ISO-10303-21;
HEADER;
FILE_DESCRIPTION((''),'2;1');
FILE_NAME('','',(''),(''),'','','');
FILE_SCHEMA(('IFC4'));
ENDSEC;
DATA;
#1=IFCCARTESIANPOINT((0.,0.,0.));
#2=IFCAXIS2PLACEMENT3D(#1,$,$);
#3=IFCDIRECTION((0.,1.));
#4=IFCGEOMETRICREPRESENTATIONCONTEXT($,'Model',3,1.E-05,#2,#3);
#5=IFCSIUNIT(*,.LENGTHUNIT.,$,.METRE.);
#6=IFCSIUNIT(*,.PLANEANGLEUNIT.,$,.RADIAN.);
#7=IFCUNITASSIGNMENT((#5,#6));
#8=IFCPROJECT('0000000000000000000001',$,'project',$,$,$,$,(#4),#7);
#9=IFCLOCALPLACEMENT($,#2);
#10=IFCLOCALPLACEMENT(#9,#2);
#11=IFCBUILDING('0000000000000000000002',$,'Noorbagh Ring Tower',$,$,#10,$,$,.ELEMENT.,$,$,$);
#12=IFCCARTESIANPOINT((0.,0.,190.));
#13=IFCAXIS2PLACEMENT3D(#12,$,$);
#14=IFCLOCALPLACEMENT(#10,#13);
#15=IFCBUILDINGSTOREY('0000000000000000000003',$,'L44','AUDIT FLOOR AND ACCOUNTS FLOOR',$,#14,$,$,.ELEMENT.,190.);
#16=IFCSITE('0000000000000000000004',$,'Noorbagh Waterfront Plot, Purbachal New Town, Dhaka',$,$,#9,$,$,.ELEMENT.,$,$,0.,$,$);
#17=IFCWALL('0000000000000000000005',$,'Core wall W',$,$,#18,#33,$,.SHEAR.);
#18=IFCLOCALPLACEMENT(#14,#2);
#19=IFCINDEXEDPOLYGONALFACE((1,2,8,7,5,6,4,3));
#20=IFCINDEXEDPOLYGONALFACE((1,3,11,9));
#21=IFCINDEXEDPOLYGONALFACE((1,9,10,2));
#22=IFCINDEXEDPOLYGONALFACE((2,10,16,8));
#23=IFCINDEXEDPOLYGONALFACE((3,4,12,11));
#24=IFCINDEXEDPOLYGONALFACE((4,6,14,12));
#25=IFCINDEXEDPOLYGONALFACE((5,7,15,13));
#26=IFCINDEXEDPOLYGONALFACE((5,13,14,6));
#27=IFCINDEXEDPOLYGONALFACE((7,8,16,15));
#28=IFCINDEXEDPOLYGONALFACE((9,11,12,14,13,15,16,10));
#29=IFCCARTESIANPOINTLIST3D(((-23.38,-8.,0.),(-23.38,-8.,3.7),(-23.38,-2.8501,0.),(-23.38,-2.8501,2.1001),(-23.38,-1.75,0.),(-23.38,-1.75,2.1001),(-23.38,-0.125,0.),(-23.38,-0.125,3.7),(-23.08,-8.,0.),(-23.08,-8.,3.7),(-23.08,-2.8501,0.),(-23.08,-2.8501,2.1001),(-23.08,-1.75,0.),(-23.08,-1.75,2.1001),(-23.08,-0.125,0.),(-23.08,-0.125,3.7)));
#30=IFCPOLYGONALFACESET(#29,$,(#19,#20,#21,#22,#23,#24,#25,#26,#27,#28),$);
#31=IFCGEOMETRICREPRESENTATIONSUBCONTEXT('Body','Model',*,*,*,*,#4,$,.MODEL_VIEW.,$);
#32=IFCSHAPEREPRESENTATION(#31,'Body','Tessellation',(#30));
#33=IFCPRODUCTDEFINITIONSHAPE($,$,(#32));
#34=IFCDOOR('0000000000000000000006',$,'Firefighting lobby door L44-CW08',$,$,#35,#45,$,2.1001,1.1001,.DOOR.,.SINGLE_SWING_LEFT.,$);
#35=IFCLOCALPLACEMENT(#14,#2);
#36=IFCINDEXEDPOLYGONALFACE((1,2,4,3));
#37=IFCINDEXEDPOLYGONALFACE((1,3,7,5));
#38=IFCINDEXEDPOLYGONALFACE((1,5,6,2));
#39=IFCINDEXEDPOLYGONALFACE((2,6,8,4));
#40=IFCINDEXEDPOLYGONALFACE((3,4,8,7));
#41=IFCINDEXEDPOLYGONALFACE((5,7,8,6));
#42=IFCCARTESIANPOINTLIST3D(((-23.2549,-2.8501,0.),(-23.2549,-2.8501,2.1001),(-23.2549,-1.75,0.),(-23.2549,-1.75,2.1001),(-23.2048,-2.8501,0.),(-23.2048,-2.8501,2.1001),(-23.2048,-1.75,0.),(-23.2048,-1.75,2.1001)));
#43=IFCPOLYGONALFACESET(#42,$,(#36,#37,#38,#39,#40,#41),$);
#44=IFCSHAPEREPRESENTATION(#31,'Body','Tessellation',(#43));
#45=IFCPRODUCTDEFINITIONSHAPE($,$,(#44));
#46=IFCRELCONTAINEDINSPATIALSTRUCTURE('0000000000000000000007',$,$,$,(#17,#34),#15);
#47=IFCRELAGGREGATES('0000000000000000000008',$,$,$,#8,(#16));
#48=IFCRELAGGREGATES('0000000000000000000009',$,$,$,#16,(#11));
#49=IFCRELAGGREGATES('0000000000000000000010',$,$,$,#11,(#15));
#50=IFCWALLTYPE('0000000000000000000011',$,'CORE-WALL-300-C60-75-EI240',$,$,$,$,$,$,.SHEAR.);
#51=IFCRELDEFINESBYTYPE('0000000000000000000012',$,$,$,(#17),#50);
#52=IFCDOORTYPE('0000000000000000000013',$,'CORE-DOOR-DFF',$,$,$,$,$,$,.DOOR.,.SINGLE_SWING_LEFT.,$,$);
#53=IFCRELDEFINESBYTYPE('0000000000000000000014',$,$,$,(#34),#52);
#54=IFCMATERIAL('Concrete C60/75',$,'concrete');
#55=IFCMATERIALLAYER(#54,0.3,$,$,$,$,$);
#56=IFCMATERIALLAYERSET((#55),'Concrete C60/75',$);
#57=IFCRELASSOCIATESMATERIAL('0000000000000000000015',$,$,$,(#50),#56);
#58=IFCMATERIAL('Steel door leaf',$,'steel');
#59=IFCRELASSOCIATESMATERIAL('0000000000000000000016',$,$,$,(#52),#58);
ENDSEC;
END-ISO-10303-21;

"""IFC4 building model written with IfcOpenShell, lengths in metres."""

from ifc_helpers import new_model, si_unit, direction, frame, frame_2d, origin, place, context, subcontext, project, spatial, rectangle, extrude, material, layer, layer_set, type_object, element, fill, save


model = new_model("IFC4")

# Units and contexts
model_context = context("Model", 3, precision=1e-05, world=origin(), true_north=direction((0.0, 1.0)))
body_context = subcontext(model_context, "Body", "Model", "MODEL_VIEW")
ifc_project = project(units=[si_unit("LENGTHUNIT", "METRE"), si_unit("PLANEANGLEUNIT", "RADIAN")], contexts=[model_context])

# Site, building, storey
site_placement = place(None, origin())
site = spatial("IfcSite", under=ifc_project, at=site_placement, Name="Noorbagh Waterfront Plot, Purbachal New Town, Dhaka", CompositionType="ELEMENT", RefElevation=0.0)
building_placement = place(site_placement, origin())
building = spatial("IfcBuilding", under=site, at=building_placement, Name="Noorbagh Ring Tower", CompositionType="ELEMENT")
storey_placement = place(building_placement, frame((0.0, 0.0, 190.0)))
storey = spatial("IfcBuildingStorey", under=building, at=storey_placement, Name="L44", Description="AUDIT FLOOR AND ACCOUNTS FLOOR", CompositionType="ELEMENT", Elevation=190.0)

# Shared definitions
ifc_material_1 = material(Name="Concrete C60/75", Category="concrete")
ifc_layer_1 = layer(ifc_material_1, 0.3)
ifc_layer_set_1 = layer_set([ifc_layer_1], Name="Concrete C60/75")
wall_type_1 = type_object("IfcWallType", Name="CORE-WALL-300-C60-75-EI240", PredefinedType="SHEAR", material=ifc_layer_set_1)

# Wall, opening, door
wall_1_placement = place(storey_placement, frame((-23.23, -8.0, 0.0), z_axis=(0.0, 0.0, 1.0), x_axis=(0.0, 1.0, 0.0)))
wall_1 = element("IfcWall", 1, at=wall_1_placement, inside=storey, type_object=wall_type_1, Name="Core wall W", PredefinedType="SHEAR", context=body_context, shape_type="SweptSolid", body=[
    extrude(rectangle(XDim=7.875, YDim=0.3, at=frame_2d((3.9375, 0.0))), origin(), (0.0, 0.0, 1.0), 3.7),
])
opening_1_placement = place(wall_1_placement, frame((5.1499, 0.0, 0.0)))
opening_1 = element("IfcOpeningElement", 2, at=opening_1_placement, cuts=wall_1, PredefinedType="OPENING", context=body_context, shape_type="SweptSolid", body=[
    extrude(rectangle(XDim=1.1001, YDim=2.1001, at=frame_2d((0.55, 1.05))), frame((0.0, 0.1602, 0.0), z_axis=(0.0, -1.0, 0.0), x_axis=(1.0, 0.0, 0.0)), (0.0, 0.0, 1.0), 0.3201),
])
ifc_material_2 = material(Name="Steel door leaf", Category="steel")
door_type_1 = type_object("IfcDoorType", Name="CORE-DOOR-DFF", OperationType="SINGLE_SWING_LEFT", PredefinedType="DOOR", material=ifc_material_2)
door_1_placement = place(opening_1_placement, origin())
door_1 = element("IfcDoor", 3, at=door_1_placement, inside=storey, type_object=door_type_1, Name="Firefighting lobby door L44-CW08", OperationType="SINGLE_SWING_LEFT", OverallHeight=2.1001, OverallWidth=1.1001, PredefinedType="DOOR", context=body_context, shape_type="SweptSolid", body=[
    extrude(rectangle(XDim=1.1001, YDim=2.1001, at=frame_2d((0.55, 1.05))), frame((0.0, 0.0249, 0.0), z_axis=(0.0, -1.0, 0.0), x_axis=(1.0, 0.0, 0.0)), (0.0, 0.0, 1.0), 0.05),
])
fill(opening_1, door_1)

save(model, "model.ifc")
